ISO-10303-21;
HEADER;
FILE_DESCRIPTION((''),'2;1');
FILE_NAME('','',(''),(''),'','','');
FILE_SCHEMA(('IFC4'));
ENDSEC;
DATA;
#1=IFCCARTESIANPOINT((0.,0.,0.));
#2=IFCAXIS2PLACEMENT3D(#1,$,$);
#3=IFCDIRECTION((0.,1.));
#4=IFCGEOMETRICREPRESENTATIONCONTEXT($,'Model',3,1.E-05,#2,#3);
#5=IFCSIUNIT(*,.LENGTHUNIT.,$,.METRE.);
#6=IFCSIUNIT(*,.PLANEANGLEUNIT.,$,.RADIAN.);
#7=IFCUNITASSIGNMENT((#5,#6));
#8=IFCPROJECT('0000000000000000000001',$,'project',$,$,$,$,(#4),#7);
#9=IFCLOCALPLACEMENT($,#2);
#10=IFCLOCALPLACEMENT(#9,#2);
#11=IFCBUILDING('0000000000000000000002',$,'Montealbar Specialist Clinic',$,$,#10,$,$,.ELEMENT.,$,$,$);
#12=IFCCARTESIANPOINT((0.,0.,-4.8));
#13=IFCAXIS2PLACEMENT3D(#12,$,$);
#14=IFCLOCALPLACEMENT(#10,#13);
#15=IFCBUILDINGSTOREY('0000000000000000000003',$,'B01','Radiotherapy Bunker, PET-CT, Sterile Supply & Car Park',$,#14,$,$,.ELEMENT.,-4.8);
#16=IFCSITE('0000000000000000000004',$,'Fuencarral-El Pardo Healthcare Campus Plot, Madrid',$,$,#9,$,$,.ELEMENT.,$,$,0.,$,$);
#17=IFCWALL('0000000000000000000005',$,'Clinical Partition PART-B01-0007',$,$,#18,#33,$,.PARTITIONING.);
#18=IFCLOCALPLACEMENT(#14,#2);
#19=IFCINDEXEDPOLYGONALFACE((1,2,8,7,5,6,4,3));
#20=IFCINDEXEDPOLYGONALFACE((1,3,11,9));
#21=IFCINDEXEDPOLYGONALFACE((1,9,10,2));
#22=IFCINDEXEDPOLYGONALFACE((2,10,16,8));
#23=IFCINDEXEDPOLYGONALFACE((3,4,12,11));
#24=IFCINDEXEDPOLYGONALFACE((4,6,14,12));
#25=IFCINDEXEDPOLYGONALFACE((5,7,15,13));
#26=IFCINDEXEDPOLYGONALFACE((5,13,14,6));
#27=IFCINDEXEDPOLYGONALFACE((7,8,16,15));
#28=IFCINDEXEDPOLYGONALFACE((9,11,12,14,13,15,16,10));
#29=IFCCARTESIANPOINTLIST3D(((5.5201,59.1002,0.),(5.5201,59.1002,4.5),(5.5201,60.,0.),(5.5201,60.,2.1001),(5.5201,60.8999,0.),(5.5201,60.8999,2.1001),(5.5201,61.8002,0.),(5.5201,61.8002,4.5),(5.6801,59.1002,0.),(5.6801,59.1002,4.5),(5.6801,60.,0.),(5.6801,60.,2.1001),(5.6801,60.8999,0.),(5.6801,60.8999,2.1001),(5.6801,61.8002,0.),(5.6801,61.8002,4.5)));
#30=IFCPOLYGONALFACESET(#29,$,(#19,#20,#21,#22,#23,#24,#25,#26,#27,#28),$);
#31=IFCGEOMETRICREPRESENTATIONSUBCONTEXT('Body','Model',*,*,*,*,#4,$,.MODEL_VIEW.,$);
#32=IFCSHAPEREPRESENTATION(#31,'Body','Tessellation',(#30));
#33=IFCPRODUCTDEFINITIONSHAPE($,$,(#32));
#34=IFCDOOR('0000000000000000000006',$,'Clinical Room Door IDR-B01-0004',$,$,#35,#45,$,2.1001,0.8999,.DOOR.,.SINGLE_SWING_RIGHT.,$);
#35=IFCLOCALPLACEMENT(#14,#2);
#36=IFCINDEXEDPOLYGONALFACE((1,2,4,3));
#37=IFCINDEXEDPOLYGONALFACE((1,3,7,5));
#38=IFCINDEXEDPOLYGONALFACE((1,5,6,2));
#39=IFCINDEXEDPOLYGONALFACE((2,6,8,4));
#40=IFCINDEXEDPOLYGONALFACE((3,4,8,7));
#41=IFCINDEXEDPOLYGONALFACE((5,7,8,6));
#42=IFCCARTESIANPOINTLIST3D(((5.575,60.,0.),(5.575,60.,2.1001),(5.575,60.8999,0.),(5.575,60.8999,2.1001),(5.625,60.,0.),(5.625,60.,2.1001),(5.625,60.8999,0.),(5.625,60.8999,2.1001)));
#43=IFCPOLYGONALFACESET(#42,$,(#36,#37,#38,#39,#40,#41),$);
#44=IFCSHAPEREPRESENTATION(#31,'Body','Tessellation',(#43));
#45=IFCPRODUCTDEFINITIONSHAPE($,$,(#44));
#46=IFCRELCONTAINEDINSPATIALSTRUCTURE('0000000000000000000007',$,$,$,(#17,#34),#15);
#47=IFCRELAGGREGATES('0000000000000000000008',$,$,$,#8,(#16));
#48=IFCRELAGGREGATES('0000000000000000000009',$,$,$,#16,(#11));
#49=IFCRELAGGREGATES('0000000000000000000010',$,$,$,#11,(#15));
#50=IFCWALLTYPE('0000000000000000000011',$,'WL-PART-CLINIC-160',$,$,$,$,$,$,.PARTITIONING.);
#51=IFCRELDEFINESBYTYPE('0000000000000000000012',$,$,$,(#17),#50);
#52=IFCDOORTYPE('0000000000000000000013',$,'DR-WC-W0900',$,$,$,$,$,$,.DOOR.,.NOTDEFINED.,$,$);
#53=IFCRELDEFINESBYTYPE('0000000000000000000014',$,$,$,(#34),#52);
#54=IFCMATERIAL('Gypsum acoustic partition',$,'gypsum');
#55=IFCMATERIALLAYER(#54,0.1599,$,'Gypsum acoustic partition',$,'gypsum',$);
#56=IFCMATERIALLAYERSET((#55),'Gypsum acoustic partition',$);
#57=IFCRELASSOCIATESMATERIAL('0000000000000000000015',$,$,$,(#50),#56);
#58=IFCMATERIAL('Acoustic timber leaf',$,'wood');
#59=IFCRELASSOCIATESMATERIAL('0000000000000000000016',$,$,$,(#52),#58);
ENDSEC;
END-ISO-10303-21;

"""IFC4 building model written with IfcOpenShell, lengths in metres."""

from ifc_helpers import new_model, si_unit, direction, frame, frame_2d, origin, place, context, subcontext, project, spatial, rectangle, extrude, material, layer, layer_set, type_object, element, fill, save


model = new_model("IFC4")

# Units and contexts
model_context = context("Model", 3, precision=1e-05, world=origin(), true_north=direction((0.0, 1.0)))
body_context = subcontext(model_context, "Body", "Model", "MODEL_VIEW")
ifc_project = project(units=[si_unit("LENGTHUNIT", "METRE"), si_unit("PLANEANGLEUNIT", "RADIAN")], contexts=[model_context])

# Site, building, storey
site_placement = place(None, origin())
site = spatial("IfcSite", under=ifc_project, at=site_placement, Name="Fuencarral-El Pardo Healthcare Campus Plot, Madrid", CompositionType="ELEMENT", RefElevation=0.0)
building_placement = place(site_placement, origin())
building = spatial("IfcBuilding", under=site, at=building_placement, Name="Montealbar Specialist Clinic", CompositionType="ELEMENT")
storey_placement = place(building_placement, frame((0.0, 0.0, -4.8)))
storey = spatial("IfcBuildingStorey", under=building, at=storey_placement, Name="B01", Description="Radiotherapy Bunker, PET-CT, Sterile Supply & Car Park", CompositionType="ELEMENT", Elevation=-4.8)

# Shared definitions
ifc_material_1 = material(Name="Gypsum acoustic partition", Category="gypsum")

# Wall, opening, door
ifc_layer_1 = layer(ifc_material_1, 0.1599, Name="Gypsum acoustic partition", Category="gypsum")
ifc_layer_set_1 = layer_set([ifc_layer_1], Name="Gypsum acoustic partition")
wall_type_1 = type_object("IfcWallType", Name="WL-PART-CLINIC-160", PredefinedType="PARTITIONING", material=ifc_layer_set_1)
ifc_material_2 = material(Name="Acoustic timber leaf", Category="wood")
wall_1_placement = place(storey_placement, frame((5.6001, 59.1001, 0.0), z_axis=(0.0, 0.0, 1.0), x_axis=(0.0, 1.0, 0.0)))
wall_1 = element("IfcWall", 1, at=wall_1_placement, inside=storey, type_object=wall_type_1, Name="Clinical Partition PART-B01-0007", PredefinedType="PARTITIONING", context=body_context, shape_type="SweptSolid", body=[
    extrude(rectangle(XDim=2.7, YDim=0.1599, at=frame_2d((1.3501, 0.0))), origin(), (0.0, 0.0, 1.0), 4.5),
])
opening_1_placement = place(wall_1_placement, frame((0.8999, 0.0, 0.0)))
opening_1 = element("IfcOpeningElement", 2, at=opening_1_placement, cuts=wall_1, PredefinedType="OPENING", context=body_context, shape_type="SweptSolid", body=[
    extrude(rectangle(XDim=0.8999, YDim=2.1001, at=frame_2d((0.45, 1.05))), frame((0.0, 0.0898, 0.0), z_axis=(0.0, -1.0, 0.0), x_axis=(1.0, 0.0, 0.0)), (0.0, 0.0, 1.0), 0.1799),
])
door_type_1 = type_object("IfcDoorType", Name="DR-WC-W0900", OperationType="NOTDEFINED", PredefinedType="DOOR", material=ifc_material_2)
door_1_placement = place(opening_1_placement, frame((0.8999, 0.0, 0.0), z_axis=(0.0, 0.0, 1.0), x_axis=(-1.0, 0.0, 0.0)))
door_1 = element("IfcDoor", 3, at=door_1_placement, inside=storey, type_object=door_type_1, Name="Clinical Room Door IDR-B01-0004", OperationType="SINGLE_SWING_RIGHT", OverallHeight=2.1001, OverallWidth=0.8999, PredefinedType="DOOR", context=body_context, shape_type="SweptSolid", body=[
    extrude(rectangle(XDim=0.8999, YDim=2.1001, at=frame_2d((0.45, 1.05))), frame((0.0, 0.0249, 0.0), z_axis=(0.0, -1.0, 0.0), x_axis=(1.0, 0.0, 0.0)), (0.0, 0.0, 1.0), 0.05),
])
fill(opening_1, door_1)

save(model, "model.ifc")
